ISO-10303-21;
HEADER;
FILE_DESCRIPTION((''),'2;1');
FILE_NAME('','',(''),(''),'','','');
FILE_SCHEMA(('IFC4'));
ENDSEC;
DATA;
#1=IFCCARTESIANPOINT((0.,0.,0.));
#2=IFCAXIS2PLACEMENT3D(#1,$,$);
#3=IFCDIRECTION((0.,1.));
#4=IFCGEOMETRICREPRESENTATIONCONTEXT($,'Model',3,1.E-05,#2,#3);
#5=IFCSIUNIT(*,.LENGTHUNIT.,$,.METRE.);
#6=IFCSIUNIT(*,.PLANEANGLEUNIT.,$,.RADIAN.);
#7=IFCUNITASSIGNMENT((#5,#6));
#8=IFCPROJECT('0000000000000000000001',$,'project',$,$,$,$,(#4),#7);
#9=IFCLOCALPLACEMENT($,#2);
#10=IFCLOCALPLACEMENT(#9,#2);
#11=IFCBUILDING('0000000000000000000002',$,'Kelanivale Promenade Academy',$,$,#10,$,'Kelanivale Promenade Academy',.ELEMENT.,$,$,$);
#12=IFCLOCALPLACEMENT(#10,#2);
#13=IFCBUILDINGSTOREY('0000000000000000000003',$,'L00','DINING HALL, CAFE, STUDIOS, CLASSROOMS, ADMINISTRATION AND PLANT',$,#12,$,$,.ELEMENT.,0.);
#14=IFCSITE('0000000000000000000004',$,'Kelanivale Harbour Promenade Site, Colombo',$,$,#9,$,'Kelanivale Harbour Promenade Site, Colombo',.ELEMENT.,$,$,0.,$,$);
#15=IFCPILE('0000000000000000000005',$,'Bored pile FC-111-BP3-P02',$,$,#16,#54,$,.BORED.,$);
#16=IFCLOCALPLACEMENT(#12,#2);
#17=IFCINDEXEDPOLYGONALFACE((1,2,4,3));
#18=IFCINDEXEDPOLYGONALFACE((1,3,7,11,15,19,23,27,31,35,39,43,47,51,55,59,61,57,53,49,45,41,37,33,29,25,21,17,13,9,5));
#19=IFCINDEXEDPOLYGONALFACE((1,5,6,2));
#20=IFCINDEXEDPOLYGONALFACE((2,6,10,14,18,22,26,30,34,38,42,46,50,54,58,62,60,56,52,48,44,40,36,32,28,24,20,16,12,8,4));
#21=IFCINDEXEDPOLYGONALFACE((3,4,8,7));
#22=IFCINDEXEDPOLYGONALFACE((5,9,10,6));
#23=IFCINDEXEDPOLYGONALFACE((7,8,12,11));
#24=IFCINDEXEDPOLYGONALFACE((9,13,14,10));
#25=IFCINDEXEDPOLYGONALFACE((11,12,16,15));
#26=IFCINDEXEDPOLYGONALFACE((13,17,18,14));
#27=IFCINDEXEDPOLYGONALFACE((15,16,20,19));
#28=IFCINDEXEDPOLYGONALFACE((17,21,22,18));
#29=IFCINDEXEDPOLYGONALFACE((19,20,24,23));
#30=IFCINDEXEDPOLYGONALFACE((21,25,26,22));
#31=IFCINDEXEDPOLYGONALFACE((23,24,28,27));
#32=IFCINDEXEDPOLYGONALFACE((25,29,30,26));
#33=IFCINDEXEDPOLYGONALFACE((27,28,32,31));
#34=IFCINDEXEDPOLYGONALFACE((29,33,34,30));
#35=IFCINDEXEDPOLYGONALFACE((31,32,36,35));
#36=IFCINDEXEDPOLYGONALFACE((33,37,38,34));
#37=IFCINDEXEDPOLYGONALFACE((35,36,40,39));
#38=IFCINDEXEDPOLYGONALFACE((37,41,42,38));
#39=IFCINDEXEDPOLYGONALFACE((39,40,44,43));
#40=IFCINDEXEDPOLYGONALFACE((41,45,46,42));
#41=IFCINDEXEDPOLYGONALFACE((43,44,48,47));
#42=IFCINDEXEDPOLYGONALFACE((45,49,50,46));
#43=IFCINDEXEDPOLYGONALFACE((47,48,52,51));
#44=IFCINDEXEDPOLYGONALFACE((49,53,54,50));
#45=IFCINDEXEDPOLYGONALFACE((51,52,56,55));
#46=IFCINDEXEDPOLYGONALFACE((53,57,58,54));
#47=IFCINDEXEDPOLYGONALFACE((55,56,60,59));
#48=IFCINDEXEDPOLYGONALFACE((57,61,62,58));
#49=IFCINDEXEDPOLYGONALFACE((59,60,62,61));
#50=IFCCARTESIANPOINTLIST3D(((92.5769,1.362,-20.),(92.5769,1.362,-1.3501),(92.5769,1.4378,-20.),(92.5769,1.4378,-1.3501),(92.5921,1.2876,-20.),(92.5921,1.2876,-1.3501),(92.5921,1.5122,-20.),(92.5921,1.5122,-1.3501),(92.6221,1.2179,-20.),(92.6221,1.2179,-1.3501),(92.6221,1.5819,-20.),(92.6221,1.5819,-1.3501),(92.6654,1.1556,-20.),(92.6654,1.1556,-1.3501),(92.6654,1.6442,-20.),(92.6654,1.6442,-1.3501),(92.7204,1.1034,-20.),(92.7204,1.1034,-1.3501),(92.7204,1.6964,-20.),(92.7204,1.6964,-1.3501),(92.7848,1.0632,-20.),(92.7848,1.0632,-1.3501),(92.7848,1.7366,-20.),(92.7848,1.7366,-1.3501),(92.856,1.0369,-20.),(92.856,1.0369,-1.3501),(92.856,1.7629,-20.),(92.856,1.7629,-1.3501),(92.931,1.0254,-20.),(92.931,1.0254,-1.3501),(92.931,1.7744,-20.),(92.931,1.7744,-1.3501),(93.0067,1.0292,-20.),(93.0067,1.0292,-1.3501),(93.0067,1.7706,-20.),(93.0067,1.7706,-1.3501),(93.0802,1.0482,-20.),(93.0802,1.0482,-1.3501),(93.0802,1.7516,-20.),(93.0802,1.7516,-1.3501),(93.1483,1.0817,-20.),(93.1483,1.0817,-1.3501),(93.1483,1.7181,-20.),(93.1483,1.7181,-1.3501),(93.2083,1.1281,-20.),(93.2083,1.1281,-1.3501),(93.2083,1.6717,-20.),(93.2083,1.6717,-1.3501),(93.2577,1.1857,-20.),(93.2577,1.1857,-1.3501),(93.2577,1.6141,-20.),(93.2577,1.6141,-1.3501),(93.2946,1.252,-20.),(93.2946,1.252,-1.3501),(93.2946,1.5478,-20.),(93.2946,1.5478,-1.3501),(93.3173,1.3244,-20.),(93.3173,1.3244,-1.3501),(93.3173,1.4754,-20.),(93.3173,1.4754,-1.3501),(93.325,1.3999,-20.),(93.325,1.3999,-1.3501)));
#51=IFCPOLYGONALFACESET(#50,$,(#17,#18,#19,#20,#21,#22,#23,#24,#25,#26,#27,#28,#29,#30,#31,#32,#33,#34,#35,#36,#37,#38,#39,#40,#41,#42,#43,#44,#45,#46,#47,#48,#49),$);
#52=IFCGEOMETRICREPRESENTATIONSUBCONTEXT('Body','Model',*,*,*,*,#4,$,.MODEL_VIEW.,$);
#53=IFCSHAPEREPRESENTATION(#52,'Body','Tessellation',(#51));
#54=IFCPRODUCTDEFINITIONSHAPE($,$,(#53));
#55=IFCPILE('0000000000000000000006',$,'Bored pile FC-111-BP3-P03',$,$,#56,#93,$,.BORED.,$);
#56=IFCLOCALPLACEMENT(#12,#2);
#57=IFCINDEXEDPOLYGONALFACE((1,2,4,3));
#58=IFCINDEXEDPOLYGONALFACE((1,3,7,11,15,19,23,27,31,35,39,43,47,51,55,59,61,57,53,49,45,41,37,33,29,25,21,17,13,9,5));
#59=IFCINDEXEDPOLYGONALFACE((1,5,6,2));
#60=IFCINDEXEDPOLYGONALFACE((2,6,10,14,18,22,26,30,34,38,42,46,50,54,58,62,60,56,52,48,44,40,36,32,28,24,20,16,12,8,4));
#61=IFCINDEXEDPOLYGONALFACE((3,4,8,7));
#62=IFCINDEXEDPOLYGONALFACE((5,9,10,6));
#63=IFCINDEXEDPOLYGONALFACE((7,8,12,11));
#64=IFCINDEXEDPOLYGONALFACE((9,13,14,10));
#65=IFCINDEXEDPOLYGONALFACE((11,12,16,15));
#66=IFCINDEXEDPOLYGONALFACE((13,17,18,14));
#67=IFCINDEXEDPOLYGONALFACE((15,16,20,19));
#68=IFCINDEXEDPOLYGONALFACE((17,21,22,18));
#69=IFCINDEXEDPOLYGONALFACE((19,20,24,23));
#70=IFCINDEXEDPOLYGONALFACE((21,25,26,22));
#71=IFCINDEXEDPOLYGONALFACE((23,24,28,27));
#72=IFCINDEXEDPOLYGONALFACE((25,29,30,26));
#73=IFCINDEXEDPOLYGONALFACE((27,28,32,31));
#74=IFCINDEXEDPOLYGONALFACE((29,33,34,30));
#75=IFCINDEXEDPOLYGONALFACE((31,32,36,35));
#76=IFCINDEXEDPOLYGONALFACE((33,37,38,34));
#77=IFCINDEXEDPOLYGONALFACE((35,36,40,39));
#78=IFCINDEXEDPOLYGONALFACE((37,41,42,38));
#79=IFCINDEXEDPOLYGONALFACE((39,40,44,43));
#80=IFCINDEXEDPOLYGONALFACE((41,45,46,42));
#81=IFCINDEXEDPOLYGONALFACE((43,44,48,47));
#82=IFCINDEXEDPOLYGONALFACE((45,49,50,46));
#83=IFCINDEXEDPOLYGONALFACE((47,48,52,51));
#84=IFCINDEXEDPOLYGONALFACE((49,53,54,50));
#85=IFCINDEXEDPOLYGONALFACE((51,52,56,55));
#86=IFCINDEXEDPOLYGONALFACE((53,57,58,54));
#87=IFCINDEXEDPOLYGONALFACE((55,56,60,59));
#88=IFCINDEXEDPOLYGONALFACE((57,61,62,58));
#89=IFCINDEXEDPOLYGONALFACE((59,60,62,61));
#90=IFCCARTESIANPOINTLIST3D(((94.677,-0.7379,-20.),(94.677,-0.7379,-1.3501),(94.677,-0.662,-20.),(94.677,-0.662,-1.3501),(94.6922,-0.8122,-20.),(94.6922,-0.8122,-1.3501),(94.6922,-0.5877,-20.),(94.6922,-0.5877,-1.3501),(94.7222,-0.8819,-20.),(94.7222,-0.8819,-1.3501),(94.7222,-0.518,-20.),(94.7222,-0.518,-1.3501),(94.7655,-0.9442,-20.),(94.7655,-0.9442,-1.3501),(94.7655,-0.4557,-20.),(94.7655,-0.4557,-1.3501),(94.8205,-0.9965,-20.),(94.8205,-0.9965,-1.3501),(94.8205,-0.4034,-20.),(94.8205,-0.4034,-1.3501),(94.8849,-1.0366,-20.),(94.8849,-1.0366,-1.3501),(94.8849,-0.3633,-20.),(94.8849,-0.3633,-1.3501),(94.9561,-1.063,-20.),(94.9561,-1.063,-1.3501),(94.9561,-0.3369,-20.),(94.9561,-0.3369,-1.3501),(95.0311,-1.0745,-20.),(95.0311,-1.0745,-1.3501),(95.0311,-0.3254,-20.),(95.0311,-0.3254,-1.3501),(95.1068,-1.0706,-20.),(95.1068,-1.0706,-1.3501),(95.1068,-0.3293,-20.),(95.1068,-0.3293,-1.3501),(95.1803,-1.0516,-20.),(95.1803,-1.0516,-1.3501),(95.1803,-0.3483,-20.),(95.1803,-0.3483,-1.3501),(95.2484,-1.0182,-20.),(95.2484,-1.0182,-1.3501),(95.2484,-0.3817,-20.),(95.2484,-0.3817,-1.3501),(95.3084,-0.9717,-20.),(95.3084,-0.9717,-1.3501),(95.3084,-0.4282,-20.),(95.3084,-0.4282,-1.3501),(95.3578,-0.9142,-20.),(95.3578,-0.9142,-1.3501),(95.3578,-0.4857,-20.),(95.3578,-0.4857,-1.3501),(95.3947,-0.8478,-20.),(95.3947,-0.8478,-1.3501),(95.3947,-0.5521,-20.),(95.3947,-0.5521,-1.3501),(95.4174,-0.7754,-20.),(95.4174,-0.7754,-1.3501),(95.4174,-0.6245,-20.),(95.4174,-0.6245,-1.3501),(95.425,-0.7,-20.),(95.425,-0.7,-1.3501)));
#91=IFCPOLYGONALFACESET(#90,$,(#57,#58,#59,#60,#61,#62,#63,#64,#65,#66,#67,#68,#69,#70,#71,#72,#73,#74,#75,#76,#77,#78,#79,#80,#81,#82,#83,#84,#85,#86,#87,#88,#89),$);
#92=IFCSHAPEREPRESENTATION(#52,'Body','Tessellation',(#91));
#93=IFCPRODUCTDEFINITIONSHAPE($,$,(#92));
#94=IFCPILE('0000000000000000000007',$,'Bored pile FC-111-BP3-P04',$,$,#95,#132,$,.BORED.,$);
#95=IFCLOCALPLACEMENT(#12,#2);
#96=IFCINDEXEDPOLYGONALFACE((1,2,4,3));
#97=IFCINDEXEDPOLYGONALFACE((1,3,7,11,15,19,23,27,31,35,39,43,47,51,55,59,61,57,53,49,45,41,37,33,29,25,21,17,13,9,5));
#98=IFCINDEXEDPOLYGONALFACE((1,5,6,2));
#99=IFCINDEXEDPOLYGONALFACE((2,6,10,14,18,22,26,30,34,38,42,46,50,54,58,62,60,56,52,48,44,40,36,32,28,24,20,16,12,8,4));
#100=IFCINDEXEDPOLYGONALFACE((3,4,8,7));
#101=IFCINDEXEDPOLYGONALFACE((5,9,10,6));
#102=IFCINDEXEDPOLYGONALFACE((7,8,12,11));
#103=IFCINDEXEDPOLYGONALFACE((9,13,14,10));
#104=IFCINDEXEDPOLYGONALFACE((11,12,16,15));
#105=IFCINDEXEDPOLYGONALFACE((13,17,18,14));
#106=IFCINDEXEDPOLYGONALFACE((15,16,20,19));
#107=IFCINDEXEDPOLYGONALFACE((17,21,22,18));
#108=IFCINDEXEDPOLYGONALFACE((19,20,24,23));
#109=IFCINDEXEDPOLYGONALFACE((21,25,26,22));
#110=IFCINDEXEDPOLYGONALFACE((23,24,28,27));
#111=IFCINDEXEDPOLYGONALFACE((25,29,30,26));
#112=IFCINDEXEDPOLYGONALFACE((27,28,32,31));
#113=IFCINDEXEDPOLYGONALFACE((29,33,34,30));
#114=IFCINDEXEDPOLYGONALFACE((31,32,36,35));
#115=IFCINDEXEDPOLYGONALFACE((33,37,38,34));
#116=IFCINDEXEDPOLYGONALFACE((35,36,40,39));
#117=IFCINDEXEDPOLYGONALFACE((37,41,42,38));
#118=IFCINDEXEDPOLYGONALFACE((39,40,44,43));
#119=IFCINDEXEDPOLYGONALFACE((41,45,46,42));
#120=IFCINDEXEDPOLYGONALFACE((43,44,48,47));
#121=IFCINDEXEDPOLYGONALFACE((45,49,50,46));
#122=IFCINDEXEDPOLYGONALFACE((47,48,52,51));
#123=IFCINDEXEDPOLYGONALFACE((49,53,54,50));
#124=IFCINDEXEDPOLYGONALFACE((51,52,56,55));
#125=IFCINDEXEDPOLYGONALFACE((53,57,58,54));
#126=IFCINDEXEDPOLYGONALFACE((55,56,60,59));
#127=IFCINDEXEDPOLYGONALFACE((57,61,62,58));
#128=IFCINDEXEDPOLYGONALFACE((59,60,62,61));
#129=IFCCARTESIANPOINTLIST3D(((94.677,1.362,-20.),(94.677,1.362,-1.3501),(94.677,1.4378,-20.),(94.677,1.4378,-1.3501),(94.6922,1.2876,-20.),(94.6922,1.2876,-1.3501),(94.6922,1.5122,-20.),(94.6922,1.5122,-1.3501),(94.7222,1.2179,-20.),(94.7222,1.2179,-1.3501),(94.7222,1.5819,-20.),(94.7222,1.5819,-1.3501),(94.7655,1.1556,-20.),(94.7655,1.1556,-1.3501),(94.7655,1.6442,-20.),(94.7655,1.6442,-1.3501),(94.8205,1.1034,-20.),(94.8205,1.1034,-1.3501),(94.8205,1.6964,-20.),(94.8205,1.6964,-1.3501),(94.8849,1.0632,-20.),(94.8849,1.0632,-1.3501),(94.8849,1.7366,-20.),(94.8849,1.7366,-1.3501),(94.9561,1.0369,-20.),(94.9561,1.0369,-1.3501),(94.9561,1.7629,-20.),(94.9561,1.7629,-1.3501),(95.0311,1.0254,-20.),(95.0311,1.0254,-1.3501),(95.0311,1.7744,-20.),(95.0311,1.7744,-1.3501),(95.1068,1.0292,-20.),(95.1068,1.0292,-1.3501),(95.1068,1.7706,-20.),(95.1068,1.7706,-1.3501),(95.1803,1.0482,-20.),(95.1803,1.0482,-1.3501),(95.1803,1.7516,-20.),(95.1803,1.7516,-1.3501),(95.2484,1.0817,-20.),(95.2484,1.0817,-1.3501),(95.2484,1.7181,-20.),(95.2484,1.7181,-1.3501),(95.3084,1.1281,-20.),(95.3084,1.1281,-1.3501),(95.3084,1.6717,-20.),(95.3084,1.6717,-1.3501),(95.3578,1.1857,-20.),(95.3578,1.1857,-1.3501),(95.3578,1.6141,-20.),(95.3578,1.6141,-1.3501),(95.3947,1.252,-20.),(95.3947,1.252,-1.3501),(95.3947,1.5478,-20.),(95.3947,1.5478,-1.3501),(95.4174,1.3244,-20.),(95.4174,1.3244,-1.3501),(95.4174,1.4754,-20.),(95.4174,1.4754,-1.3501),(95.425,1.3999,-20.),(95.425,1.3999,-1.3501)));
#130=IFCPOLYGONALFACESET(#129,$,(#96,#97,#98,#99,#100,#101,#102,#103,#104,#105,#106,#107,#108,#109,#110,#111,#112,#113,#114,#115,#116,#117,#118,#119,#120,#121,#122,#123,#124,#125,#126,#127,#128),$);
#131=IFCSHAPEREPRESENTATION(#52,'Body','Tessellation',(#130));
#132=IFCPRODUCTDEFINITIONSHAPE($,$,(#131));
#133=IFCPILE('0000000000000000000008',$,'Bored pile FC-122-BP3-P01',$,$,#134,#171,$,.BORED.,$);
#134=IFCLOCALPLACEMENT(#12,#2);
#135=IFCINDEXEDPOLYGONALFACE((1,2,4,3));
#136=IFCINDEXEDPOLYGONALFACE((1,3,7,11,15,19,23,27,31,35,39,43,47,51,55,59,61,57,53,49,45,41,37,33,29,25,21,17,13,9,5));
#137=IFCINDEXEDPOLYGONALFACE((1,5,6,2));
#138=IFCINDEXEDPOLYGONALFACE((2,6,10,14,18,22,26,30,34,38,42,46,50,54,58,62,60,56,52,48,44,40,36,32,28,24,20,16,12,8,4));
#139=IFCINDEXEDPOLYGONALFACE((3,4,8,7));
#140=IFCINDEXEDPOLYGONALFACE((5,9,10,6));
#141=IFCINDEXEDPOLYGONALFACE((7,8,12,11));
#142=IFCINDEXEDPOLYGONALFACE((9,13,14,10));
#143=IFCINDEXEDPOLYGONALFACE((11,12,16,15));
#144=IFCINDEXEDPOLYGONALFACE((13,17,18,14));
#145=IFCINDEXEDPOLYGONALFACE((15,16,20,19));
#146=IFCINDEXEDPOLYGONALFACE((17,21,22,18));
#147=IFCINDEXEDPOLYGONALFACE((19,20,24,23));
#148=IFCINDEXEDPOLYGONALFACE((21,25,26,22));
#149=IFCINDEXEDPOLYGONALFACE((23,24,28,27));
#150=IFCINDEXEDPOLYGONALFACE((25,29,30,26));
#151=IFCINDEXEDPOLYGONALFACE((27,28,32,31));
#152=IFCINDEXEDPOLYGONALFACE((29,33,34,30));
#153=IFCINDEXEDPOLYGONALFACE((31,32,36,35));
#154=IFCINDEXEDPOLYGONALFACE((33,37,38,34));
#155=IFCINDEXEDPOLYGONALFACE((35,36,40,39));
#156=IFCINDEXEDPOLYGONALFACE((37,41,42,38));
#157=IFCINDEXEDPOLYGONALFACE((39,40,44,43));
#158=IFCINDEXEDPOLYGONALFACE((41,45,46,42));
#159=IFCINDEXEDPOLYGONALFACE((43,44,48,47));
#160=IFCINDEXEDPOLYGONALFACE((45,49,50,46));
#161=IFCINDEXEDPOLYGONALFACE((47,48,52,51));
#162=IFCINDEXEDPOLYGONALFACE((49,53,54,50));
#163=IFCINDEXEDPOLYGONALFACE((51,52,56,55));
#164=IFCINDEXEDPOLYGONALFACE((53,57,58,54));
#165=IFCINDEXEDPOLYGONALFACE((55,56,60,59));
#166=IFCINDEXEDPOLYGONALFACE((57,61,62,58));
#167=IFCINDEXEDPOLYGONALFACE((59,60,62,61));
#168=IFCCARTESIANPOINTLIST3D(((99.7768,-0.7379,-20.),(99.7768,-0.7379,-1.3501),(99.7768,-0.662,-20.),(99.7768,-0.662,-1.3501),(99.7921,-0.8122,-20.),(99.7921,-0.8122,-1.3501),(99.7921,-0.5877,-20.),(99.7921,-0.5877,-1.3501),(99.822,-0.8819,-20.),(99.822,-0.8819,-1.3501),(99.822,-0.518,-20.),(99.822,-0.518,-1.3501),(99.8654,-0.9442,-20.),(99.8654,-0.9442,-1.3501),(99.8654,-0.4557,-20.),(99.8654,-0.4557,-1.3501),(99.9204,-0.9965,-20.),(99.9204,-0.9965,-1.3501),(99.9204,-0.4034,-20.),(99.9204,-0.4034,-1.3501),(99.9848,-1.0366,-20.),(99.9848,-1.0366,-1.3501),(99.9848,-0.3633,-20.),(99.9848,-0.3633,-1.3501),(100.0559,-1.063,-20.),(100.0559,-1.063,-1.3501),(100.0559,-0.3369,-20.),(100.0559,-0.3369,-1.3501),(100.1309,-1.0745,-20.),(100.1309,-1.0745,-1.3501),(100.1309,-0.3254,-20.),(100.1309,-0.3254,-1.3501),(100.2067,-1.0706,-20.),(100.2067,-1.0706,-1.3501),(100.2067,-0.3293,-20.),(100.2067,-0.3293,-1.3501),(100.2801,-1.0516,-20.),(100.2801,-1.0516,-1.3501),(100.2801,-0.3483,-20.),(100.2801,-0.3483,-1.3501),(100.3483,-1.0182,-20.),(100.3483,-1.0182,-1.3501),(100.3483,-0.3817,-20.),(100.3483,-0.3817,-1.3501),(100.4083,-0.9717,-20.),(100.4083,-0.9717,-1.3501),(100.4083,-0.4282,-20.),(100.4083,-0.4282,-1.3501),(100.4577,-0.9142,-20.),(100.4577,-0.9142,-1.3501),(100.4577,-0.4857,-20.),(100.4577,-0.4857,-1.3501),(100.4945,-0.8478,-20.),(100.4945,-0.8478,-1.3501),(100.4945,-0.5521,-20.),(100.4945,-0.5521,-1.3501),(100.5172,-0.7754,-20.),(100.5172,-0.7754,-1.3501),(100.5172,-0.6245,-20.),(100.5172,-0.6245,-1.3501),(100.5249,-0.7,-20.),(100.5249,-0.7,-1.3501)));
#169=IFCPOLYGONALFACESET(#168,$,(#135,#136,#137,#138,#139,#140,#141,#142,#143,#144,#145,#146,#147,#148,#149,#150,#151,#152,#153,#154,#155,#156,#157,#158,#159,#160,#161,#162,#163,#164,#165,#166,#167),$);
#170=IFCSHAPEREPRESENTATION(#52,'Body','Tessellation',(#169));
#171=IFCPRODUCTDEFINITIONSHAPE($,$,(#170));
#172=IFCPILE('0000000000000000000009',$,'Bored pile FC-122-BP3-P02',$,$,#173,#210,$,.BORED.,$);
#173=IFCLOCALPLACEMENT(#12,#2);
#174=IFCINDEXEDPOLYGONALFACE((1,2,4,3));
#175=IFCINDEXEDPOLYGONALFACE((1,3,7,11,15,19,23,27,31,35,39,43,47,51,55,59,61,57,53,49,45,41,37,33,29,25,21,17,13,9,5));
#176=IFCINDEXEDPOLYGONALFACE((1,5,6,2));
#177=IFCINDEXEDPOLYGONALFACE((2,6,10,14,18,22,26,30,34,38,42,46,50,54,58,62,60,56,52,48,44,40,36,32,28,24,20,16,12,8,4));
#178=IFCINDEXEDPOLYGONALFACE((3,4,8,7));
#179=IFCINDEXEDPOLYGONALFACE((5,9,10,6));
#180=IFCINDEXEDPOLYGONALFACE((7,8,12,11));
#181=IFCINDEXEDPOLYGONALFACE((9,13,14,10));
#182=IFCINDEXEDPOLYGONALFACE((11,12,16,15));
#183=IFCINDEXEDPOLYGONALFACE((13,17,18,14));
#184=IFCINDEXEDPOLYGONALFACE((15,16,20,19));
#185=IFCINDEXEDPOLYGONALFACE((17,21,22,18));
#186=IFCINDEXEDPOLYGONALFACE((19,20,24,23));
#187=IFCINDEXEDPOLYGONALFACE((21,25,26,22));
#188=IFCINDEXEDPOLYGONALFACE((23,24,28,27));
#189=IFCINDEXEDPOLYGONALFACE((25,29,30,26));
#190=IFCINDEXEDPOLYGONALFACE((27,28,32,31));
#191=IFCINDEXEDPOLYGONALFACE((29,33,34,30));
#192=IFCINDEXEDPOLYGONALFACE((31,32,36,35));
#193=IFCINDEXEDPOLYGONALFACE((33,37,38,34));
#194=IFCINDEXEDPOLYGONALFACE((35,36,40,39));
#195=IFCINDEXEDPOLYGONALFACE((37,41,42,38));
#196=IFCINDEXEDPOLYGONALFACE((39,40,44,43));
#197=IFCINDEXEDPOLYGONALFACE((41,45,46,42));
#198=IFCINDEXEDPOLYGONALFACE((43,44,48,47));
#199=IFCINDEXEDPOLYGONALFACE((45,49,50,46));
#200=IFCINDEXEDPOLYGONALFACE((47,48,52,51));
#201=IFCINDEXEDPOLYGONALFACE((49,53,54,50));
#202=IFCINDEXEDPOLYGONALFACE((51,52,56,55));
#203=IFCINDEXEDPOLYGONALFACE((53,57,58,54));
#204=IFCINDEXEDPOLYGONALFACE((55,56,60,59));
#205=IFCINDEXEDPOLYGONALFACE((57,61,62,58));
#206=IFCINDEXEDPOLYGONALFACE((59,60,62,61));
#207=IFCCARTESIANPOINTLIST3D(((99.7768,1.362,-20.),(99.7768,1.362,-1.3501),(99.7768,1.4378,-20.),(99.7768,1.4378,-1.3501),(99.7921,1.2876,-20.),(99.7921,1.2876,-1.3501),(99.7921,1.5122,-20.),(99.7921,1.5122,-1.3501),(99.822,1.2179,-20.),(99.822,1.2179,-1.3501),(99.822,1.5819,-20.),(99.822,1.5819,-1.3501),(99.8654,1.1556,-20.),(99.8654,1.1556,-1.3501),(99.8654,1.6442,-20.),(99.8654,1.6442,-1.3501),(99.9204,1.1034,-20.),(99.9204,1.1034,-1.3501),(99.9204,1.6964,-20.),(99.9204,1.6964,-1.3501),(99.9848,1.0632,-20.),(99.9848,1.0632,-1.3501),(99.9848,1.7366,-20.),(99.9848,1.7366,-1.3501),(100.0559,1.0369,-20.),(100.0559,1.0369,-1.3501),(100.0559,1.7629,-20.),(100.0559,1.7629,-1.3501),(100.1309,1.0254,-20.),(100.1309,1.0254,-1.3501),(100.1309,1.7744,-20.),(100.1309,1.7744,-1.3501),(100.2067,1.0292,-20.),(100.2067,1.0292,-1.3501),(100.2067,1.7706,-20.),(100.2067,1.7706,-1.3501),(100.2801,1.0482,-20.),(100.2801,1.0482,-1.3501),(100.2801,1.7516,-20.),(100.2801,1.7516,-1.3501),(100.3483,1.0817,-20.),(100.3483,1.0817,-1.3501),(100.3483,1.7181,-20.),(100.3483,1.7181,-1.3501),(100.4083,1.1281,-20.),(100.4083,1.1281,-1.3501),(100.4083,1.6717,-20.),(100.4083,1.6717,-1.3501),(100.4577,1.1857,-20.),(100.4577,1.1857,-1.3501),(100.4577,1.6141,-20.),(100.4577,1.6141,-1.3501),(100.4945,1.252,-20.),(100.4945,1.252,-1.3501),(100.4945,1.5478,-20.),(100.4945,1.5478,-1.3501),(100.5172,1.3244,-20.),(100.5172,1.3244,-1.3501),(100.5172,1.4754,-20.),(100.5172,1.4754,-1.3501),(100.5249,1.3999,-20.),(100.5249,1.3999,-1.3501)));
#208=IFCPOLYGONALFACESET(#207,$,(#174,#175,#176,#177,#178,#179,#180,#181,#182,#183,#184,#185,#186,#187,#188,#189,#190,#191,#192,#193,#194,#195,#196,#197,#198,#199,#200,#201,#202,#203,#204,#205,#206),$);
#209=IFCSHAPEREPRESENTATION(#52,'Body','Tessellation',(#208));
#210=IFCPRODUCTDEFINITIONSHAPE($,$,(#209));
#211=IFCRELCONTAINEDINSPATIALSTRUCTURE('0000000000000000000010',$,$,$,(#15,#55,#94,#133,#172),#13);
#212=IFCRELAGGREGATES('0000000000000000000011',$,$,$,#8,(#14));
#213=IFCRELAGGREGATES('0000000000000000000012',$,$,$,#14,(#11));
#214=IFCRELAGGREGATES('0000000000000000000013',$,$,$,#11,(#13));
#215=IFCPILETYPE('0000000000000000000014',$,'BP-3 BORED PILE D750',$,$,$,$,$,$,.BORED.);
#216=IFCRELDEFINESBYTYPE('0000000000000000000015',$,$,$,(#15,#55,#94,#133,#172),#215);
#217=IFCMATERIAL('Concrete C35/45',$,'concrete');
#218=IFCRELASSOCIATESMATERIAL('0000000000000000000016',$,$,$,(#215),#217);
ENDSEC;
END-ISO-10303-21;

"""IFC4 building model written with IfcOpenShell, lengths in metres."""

from ifc_helpers import new_model, si_unit, direction, frame, origin, origin_2d, place, context, subcontext, project, spatial, circle, extrude, material, material_profile, profile_set, type_object, element, save


model = new_model("IFC4")

# Units and contexts
model_context = context("Model", 3, precision=1e-05, world=origin(), true_north=direction((0.0, 1.0)))
body_context = subcontext(model_context, "Body", "Model", "MODEL_VIEW")
ifc_project = project(units=[si_unit("LENGTHUNIT", "METRE"), si_unit("PLANEANGLEUNIT", "RADIAN")], contexts=[model_context])

# Site, building, storey
site_placement = place(None, origin())
site = spatial("IfcSite", under=ifc_project, at=site_placement, Name="Kelanivale Harbour Promenade Site, Colombo", LongName="Kelanivale Harbour Promenade Site, Colombo", CompositionType="ELEMENT", RefElevation=0.0)
building_placement = place(site_placement, origin())
building = spatial("IfcBuilding", under=site, at=building_placement, Name="Kelanivale Promenade Academy", LongName="Kelanivale Promenade Academy", CompositionType="ELEMENT")
storey_placement = place(building_placement, origin())
storey = spatial("IfcBuildingStorey", under=building, at=storey_placement, Name="L00", Description="DINING HALL, CAFE, STUDIOS, CLASSROOMS, ADMINISTRATION AND PLANT", CompositionType="ELEMENT", Elevation=0.0)

# Piles
ifc_material_1 = material(Name="Concrete C35/45", Category="concrete")
ifc_material_profile_1 = material_profile(ifc_material_1, circle(Radius=0.375, at=origin_2d()), Name="BORED PILE D750")
ifc_profile_set_1 = profile_set([ifc_material_profile_1], Name="Concrete C35/45")
pile_type_1 = type_object("IfcPileType", Name="BP-3 BORED PILE D750", PredefinedType="BORED", material=ifc_profile_set_1)
for number, where, z_axis, x_axis, name in (
    (1, (92.95, 1.3999, -1.3501), (0.0, 0.0, -1.0), (1.0, 0.0, 0.0), "Bored pile FC-111-BP3-P02"),
    (2, (95.05, -0.7, -1.3501), (0.0, 0.0, -1.0), (1.0, 0.0, 0.0), "Bored pile FC-111-BP3-P03"),
    (3, (95.05, 1.3999, -1.3501), (0.0, 0.0, -1.0), (1.0, 0.0, 0.0), "Bored pile FC-111-BP3-P04"),
    (4, (100.1499, -0.7, -1.3501), (0.0, 0.0, -1.0), (1.0, 0.0, 0.0), "Bored pile FC-122-BP3-P01"),
    (5, (100.1499, 1.3999, -1.3501), (0.0, 0.0, -1.0), (1.0, 0.0, 0.0), "Bored pile FC-122-BP3-P02"),
):
    element("IfcPile", number, at=place(storey_placement, frame(where, z_axis=z_axis, x_axis=x_axis)), inside=storey, type_object=pile_type_1, Name=name, PredefinedType="BORED", context=body_context, shape_type="SweptSolid", body=[
        extrude(circle(Radius=0.375, at=origin_2d()), origin(), (0.0, 0.0, 1.0), 18.6499),
    ])

save(model, "model.ifc")
